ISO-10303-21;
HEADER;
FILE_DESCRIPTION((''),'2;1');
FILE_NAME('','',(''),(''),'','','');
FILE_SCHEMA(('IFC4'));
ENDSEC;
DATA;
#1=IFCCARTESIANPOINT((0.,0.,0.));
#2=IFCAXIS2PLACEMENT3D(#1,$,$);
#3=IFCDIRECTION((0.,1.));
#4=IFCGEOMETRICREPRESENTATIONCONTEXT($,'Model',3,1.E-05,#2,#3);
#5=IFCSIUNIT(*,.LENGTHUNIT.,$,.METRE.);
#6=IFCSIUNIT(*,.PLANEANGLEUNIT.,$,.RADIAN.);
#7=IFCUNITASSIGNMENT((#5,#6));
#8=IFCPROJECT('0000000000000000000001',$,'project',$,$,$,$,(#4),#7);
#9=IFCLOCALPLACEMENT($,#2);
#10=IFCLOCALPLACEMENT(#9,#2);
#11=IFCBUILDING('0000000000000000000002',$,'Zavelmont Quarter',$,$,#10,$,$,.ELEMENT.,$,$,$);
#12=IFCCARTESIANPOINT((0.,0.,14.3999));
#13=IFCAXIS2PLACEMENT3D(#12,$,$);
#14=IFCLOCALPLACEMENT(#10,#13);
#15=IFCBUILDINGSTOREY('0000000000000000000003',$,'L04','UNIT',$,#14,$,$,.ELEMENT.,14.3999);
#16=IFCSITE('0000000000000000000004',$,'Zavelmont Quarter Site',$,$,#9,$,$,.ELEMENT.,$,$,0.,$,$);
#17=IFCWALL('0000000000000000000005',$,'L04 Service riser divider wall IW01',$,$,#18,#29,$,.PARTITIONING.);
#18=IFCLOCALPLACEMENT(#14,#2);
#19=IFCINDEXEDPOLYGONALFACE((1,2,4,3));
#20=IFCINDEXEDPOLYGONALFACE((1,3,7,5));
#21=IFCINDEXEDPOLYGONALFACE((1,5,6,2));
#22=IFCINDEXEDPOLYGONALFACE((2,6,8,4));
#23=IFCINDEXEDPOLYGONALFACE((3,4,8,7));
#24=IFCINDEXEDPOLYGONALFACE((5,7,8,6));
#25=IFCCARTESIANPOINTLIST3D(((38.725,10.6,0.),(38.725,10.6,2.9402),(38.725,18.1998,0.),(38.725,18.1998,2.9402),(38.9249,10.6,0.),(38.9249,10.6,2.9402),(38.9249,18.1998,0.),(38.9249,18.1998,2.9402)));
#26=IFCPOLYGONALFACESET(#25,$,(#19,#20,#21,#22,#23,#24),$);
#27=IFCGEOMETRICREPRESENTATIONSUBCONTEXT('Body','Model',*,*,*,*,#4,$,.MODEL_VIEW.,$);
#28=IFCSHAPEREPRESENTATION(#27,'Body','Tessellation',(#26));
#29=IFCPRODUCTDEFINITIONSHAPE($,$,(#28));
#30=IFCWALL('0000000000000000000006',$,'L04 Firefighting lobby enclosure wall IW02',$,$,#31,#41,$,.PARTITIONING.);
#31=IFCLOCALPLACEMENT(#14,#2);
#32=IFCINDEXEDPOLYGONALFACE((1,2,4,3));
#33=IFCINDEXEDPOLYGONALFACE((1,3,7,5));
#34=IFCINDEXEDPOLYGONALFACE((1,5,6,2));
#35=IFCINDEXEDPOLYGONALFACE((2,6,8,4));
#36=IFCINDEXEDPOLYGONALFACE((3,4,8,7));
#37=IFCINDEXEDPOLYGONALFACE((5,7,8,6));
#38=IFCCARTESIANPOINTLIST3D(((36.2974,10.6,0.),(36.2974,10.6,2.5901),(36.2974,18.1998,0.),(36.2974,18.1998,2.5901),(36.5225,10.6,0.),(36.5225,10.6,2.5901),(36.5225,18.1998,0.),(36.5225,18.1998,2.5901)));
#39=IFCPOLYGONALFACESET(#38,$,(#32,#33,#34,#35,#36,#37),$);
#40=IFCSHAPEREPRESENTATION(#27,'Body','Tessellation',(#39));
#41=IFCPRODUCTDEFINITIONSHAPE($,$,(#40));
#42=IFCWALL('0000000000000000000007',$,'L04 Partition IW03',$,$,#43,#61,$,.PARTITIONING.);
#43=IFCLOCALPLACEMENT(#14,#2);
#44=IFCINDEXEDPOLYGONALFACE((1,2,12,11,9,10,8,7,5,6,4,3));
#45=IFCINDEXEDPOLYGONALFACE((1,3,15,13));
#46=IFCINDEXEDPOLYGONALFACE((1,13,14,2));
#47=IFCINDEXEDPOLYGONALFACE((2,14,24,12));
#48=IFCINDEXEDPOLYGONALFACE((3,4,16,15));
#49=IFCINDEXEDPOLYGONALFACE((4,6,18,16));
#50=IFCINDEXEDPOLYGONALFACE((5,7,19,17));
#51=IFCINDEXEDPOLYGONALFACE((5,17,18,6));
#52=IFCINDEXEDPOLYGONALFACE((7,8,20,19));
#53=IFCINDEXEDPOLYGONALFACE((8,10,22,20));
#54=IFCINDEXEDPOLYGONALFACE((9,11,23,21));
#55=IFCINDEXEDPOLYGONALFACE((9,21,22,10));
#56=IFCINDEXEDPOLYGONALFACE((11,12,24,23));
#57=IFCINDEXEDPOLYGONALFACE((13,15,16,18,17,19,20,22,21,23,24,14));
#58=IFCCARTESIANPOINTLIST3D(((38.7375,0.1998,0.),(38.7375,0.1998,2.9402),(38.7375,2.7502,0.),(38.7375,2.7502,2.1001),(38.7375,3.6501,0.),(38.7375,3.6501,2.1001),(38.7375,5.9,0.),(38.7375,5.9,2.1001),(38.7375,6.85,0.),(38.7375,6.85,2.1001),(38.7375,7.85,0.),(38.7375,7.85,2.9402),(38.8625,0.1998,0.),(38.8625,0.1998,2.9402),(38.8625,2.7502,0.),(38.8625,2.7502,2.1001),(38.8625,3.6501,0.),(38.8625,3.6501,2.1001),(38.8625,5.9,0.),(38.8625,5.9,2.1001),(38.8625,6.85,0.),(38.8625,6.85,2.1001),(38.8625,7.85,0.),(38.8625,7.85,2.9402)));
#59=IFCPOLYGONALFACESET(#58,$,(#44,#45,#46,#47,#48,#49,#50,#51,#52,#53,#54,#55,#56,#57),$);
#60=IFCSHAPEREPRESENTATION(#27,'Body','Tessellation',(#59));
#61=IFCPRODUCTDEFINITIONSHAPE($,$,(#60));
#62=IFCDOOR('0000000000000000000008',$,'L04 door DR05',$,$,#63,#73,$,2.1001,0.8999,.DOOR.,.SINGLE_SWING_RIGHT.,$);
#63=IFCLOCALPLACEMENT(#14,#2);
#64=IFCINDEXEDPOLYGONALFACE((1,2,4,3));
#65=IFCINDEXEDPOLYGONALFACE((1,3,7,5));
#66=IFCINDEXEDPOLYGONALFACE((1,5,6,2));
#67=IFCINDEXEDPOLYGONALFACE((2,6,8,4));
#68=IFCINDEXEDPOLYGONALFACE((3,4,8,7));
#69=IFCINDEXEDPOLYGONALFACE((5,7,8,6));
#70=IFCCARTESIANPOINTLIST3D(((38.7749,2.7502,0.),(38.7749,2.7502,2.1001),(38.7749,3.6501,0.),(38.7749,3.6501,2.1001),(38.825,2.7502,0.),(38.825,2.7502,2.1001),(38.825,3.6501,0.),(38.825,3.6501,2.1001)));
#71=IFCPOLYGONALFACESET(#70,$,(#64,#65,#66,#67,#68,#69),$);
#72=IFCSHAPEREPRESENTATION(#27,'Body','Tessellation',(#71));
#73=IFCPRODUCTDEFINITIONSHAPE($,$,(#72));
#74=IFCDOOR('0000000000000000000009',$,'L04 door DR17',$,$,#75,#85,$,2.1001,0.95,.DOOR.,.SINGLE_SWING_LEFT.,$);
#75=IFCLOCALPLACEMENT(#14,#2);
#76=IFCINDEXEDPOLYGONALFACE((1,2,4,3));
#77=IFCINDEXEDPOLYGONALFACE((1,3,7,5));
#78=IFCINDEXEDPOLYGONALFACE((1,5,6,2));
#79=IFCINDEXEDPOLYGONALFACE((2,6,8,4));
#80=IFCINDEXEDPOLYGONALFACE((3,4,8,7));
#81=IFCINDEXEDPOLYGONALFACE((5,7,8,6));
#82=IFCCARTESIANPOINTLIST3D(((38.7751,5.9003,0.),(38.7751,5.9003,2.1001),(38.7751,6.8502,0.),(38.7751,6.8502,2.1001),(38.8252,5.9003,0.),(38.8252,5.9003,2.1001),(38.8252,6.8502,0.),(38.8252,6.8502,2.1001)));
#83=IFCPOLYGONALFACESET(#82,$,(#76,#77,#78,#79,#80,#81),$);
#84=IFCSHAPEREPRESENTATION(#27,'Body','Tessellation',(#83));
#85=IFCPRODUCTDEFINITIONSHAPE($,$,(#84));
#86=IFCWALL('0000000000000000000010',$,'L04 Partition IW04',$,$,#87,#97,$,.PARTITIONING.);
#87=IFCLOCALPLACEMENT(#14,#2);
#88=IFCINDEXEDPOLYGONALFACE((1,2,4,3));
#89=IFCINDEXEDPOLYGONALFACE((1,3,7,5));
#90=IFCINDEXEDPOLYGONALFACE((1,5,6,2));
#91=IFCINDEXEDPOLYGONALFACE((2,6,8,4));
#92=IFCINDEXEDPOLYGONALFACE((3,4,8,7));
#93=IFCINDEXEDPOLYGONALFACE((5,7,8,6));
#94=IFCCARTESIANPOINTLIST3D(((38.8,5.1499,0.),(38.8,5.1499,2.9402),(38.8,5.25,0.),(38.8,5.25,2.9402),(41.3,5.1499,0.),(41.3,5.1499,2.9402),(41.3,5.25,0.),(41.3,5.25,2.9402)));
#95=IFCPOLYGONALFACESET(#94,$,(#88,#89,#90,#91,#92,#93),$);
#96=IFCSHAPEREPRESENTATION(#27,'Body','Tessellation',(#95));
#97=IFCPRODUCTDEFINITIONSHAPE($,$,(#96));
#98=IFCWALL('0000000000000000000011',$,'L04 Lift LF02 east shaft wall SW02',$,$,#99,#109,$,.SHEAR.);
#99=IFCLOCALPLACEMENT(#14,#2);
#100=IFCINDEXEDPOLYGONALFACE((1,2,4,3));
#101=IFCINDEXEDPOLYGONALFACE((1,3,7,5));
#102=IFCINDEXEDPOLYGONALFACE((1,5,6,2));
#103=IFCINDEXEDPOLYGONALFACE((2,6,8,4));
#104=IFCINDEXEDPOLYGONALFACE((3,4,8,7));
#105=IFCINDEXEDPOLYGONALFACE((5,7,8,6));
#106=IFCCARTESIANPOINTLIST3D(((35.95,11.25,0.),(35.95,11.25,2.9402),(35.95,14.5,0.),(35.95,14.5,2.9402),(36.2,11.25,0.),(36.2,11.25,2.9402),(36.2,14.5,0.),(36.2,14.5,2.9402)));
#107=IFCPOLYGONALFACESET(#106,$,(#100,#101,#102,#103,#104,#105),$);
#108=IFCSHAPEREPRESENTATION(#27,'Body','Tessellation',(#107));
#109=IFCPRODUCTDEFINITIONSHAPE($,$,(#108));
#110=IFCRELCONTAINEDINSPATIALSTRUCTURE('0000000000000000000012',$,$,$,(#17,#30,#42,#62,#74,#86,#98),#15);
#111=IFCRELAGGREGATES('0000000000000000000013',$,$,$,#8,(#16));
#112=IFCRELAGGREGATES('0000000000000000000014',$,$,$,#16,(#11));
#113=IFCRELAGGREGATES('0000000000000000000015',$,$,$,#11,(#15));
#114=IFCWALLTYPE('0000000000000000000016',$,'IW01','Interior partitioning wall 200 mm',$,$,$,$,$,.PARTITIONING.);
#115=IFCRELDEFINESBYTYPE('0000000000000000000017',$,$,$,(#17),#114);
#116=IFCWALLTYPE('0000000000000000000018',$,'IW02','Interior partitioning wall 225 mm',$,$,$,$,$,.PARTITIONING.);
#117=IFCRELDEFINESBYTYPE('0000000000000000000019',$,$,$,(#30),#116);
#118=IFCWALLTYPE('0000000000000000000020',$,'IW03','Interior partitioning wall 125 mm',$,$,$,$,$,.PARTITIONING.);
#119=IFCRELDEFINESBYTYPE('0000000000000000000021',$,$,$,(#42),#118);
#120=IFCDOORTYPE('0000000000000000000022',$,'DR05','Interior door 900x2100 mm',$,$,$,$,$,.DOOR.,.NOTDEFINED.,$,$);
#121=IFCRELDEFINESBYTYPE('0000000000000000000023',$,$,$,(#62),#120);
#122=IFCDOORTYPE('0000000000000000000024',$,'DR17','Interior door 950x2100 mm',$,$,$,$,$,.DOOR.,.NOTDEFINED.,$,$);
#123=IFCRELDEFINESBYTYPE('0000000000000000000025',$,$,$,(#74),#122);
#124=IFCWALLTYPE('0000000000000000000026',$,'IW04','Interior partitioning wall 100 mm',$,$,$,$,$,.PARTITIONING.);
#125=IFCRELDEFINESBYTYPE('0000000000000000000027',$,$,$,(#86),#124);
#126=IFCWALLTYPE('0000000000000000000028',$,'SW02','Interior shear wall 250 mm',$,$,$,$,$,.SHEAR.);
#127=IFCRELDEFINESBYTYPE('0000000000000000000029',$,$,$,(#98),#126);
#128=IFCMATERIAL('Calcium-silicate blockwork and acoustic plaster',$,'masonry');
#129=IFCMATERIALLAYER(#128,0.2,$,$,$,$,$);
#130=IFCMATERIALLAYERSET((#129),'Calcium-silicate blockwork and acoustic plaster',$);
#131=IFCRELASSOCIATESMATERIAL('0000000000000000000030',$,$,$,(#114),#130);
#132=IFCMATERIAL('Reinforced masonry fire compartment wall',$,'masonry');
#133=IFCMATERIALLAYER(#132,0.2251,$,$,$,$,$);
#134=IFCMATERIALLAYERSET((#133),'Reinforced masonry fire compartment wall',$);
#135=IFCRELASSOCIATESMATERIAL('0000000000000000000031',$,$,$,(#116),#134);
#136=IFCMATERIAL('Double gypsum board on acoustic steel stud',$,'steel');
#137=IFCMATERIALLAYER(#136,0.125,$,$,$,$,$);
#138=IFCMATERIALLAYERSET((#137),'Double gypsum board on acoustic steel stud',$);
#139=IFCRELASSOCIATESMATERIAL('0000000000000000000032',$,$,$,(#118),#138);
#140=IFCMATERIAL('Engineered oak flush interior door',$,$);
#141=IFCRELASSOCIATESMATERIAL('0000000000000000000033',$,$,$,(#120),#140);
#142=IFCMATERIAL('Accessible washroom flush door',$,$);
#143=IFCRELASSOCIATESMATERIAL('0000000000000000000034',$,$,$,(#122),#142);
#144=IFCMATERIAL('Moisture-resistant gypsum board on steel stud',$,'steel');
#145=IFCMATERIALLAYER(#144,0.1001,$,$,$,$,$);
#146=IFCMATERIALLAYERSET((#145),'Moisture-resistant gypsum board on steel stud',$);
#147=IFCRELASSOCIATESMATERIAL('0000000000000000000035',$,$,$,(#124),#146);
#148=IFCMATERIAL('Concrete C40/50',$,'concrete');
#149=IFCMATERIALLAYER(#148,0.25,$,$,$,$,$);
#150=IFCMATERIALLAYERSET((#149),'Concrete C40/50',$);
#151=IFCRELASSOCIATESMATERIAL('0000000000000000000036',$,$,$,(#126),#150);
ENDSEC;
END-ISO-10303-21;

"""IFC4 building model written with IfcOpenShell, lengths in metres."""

from ifc_helpers import new_model, si_unit, direction, frame, frame_2d, origin, origin_with_axes, place, context, subcontext, project, spatial, rectangle, extrude, material, layer, layer_set, type_object, element, fill, save


model = new_model("IFC4")

# Units and contexts
model_context = context("Model", 3, precision=1e-05, world=origin(), true_north=direction((0.0, 1.0)))
body_context = subcontext(model_context, "Body", "Model", "MODEL_VIEW")
ifc_project = project(units=[si_unit("LENGTHUNIT", "METRE"), si_unit("PLANEANGLEUNIT", "RADIAN")], contexts=[model_context])

# Site, building, storey
site_placement = place(None, origin())
site = spatial("IfcSite", under=ifc_project, at=site_placement, Name="Zavelmont Quarter Site", CompositionType="ELEMENT", RefElevation=0.0)
building_placement = place(site_placement, origin())
building = spatial("IfcBuilding", under=site, at=building_placement, Name="Zavelmont Quarter", CompositionType="ELEMENT")
storey_placement = place(building_placement, frame((0.0, 0.0, 14.3999)))
storey = spatial("IfcBuildingStorey", under=building, at=storey_placement, Name="L04", Description="UNIT", CompositionType="ELEMENT", Elevation=14.3999)

# Shared definitions
ifc_material_1 = material(Name="Concrete C40/50", Category="concrete")

# Walls
ifc_material_2 = material(Name="Calcium-silicate blockwork and acoustic plaster", Category="masonry")
ifc_layer_1 = layer(ifc_material_2, 0.2)
ifc_layer_set_1 = layer_set([ifc_layer_1], Name="Calcium-silicate blockwork and acoustic plaster")
wall_type_1 = type_object("IfcWallType", Name="IW01", Description="Interior partitioning wall 200 mm", PredefinedType="PARTITIONING", material=ifc_layer_set_1)
wall_1_placement = place(storey_placement, frame((38.825, 10.6001, 0.0), z_axis=(0.0, 0.0, 1.0), x_axis=(0.0, 1.0, 0.0)))
element("IfcWall", 1, at=wall_1_placement, inside=storey, type_object=wall_type_1, Name="L04 Service riser divider wall IW01", PredefinedType="PARTITIONING", context=body_context, shape_type="SweptSolid", body=[
    extrude(rectangle(XDim=7.5999, YDim=0.2, at=frame_2d((3.7998, 0.0))), origin(), (0.0, 0.0, 1.0), 2.9402),
])
ifc_material_3 = material(Name="Reinforced masonry fire compartment wall", Category="masonry")
ifc_layer_2 = layer(ifc_material_3, 0.2251)
ifc_layer_set_2 = layer_set([ifc_layer_2], Name="Reinforced masonry fire compartment wall")
wall_type_2 = type_object("IfcWallType", Name="IW02", Description="Interior partitioning wall 225 mm", PredefinedType="PARTITIONING", material=ifc_layer_set_2)
wall_2_placement = place(storey_placement, frame((36.4099, 10.6001, 0.0), z_axis=(0.0, 0.0, 1.0), x_axis=(0.0, 1.0, 0.0)))
element("IfcWall", 2, at=wall_2_placement, inside=storey, type_object=wall_type_2, Name="L04 Firefighting lobby enclosure wall IW02", PredefinedType="PARTITIONING", context=body_context, shape_type="SweptSolid", body=[
    extrude(rectangle(XDim=7.5999, YDim=0.2251, at=frame_2d((3.7998, 0.0))), origin(), (0.0, 0.0, 1.0), 2.5901),
])

# Wall, openings, doors
ifc_material_4 = material(Name="Double gypsum board on acoustic steel stud", Category="steel")
ifc_layer_3 = layer(ifc_material_4, 0.125)
ifc_layer_set_3 = layer_set([ifc_layer_3], Name="Double gypsum board on acoustic steel stud")
wall_type_3 = type_object("IfcWallType", Name="IW03", Description="Interior partitioning wall 125 mm", PredefinedType="PARTITIONING", material=ifc_layer_set_3)
wall_3_placement = place(storey_placement, frame((38.8, 7.8501, 0.0), z_axis=(0.0, 0.0, 1.0), x_axis=(0.0, -1.0, 0.0)))
wall_3 = element("IfcWall", 3, at=wall_3_placement, inside=storey, type_object=wall_type_3, Name="L04 Partition IW03", PredefinedType="PARTITIONING", context=body_context, shape_type="SweptSolid", body=[
    extrude(rectangle(XDim=7.6501, YDim=0.125, at=frame_2d((3.8252, 0.0))), origin(), (0.0, 0.0, 1.0), 2.9402),
])
opening_1_placement = place(wall_3_placement, frame((1.0, 0.0, 0.0)))
opening_1 = element("IfcOpeningElement", 4, at=opening_1_placement, cuts=wall_3, PredefinedType="OPENING", context=body_context, shape_type="SweptSolid", body=[
    extrude(rectangle(XDim=0.95, YDim=2.1001, at=frame_2d((0.4751, 1.05))), frame((0.0, 0.0745, 0.0), z_axis=(0.0, -1.0, 0.0), x_axis=(1.0, 0.0, 0.0)), (0.0, 0.0, 1.0), 0.1489),
])
opening_2_placement = place(wall_3_placement, frame((4.2, 0.0, 0.0)))
opening_2 = element("IfcOpeningElement", 5, at=opening_2_placement, cuts=wall_3, PredefinedType="OPENING", context=body_context, shape_type="SweptSolid", body=[
    extrude(rectangle(XDim=0.8999, YDim=2.1001, at=frame_2d((0.45, 1.05))), frame((0.0, 0.0745, 0.0), z_axis=(0.0, -1.0, 0.0), x_axis=(1.0, 0.0, 0.0)), (0.0, 0.0, 1.0), 0.1489),
])
ifc_material_5 = material(Name="Engineered oak flush interior door")
door_type_1 = type_object("IfcDoorType", Name="DR05", Description="Interior door 900x2100 mm", OperationType="NOTDEFINED", PredefinedType="DOOR", material=ifc_material_5)
door_1_placement = place(opening_2_placement, origin_with_axes())
door_1 = element("IfcDoor", 6, at=door_1_placement, inside=storey, type_object=door_type_1, Name="L04 door DR05", OperationType="SINGLE_SWING_RIGHT", OverallHeight=2.1001, OverallWidth=0.8999, PredefinedType="DOOR", context=body_context, shape_type="SweptSolid", body=[
    extrude(rectangle(XDim=0.8999, YDim=2.1001, at=frame_2d((0.45, 1.05))), frame((0.0, 0.0249, 0.0), z_axis=(0.0, -1.0, 0.0), x_axis=(1.0, 0.0, 0.0)), (0.0, 0.0, 1.0), 0.05),
])
fill(opening_2, door_1)
ifc_material_6 = material(Name="Accessible washroom flush door")
door_type_2 = type_object("IfcDoorType", Name="DR17", Description="Interior door 950x2100 mm", OperationType="NOTDEFINED", PredefinedType="DOOR", material=ifc_material_6)
door_2_placement = place(opening_1_placement, frame((0.95, 0.0, 0.0), z_axis=(0.0, 0.0, 1.0), x_axis=(-1.0, 0.0, 0.0)))
door_2 = element("IfcDoor", 7, at=door_2_placement, inside=storey, type_object=door_type_2, Name="L04 door DR17", OperationType="SINGLE_SWING_LEFT", OverallHeight=2.1001, OverallWidth=0.95, PredefinedType="DOOR", context=body_context, shape_type="SweptSolid", body=[
    extrude(rectangle(XDim=0.95, YDim=2.1001, at=frame_2d((0.4751, 1.05))), frame((0.0, 0.0249, 0.0), z_axis=(0.0, -1.0, 0.0), x_axis=(1.0, 0.0, 0.0)), (0.0, 0.0, 1.0), 0.05),
])
fill(opening_1, door_2)

# Walls
ifc_material_7 = material(Name="Moisture-resistant gypsum board on steel stud", Category="steel")
ifc_layer_4 = layer(ifc_material_7, 0.1001)
ifc_layer_set_4 = layer_set([ifc_layer_4], Name="Moisture-resistant gypsum board on steel stud")
wall_type_4 = type_object("IfcWallType", Name="IW04", Description="Interior partitioning wall 100 mm", PredefinedType="PARTITIONING", material=ifc_layer_set_4)
wall_4_placement = place(storey_placement, frame((38.8, 5.2, 0.0), z_axis=(0.0, 0.0, 1.0), x_axis=(1.0, 0.0, 0.0)))
element("IfcWall", 8, at=wall_4_placement, inside=storey, type_object=wall_type_4, Name="L04 Partition IW04", PredefinedType="PARTITIONING", context=body_context, shape_type="SweptSolid", body=[
    extrude(rectangle(XDim=2.5, YDim=0.1001, at=frame_2d((1.25, 0.0))), origin(), (0.0, 0.0, 1.0), 2.9402),
])
ifc_layer_5 = layer(ifc_material_1, 0.25)
ifc_layer_set_5 = layer_set([ifc_layer_5], Name="Concrete C40/50")
wall_type_5 = type_object("IfcWallType", Name="SW02", Description="Interior shear wall 250 mm", PredefinedType="SHEAR", material=ifc_layer_set_5)
wall_5_placement = place(storey_placement, frame((36.075, 11.25, 0.0), z_axis=(0.0, 0.0, 1.0), x_axis=(0.0, 1.0, 0.0)))
element("IfcWall", 9, at=wall_5_placement, inside=storey, type_object=wall_type_5, Name="L04 Lift LF02 east shaft wall SW02", PredefinedType="SHEAR", context=body_context, shape_type="SweptSolid", body=[
    extrude(rectangle(XDim=3.25, YDim=0.25, at=frame_2d((1.625, 0.0))), origin(), (0.0, 0.0, 1.0), 2.9402),
])

save(model, "model.ifc")
